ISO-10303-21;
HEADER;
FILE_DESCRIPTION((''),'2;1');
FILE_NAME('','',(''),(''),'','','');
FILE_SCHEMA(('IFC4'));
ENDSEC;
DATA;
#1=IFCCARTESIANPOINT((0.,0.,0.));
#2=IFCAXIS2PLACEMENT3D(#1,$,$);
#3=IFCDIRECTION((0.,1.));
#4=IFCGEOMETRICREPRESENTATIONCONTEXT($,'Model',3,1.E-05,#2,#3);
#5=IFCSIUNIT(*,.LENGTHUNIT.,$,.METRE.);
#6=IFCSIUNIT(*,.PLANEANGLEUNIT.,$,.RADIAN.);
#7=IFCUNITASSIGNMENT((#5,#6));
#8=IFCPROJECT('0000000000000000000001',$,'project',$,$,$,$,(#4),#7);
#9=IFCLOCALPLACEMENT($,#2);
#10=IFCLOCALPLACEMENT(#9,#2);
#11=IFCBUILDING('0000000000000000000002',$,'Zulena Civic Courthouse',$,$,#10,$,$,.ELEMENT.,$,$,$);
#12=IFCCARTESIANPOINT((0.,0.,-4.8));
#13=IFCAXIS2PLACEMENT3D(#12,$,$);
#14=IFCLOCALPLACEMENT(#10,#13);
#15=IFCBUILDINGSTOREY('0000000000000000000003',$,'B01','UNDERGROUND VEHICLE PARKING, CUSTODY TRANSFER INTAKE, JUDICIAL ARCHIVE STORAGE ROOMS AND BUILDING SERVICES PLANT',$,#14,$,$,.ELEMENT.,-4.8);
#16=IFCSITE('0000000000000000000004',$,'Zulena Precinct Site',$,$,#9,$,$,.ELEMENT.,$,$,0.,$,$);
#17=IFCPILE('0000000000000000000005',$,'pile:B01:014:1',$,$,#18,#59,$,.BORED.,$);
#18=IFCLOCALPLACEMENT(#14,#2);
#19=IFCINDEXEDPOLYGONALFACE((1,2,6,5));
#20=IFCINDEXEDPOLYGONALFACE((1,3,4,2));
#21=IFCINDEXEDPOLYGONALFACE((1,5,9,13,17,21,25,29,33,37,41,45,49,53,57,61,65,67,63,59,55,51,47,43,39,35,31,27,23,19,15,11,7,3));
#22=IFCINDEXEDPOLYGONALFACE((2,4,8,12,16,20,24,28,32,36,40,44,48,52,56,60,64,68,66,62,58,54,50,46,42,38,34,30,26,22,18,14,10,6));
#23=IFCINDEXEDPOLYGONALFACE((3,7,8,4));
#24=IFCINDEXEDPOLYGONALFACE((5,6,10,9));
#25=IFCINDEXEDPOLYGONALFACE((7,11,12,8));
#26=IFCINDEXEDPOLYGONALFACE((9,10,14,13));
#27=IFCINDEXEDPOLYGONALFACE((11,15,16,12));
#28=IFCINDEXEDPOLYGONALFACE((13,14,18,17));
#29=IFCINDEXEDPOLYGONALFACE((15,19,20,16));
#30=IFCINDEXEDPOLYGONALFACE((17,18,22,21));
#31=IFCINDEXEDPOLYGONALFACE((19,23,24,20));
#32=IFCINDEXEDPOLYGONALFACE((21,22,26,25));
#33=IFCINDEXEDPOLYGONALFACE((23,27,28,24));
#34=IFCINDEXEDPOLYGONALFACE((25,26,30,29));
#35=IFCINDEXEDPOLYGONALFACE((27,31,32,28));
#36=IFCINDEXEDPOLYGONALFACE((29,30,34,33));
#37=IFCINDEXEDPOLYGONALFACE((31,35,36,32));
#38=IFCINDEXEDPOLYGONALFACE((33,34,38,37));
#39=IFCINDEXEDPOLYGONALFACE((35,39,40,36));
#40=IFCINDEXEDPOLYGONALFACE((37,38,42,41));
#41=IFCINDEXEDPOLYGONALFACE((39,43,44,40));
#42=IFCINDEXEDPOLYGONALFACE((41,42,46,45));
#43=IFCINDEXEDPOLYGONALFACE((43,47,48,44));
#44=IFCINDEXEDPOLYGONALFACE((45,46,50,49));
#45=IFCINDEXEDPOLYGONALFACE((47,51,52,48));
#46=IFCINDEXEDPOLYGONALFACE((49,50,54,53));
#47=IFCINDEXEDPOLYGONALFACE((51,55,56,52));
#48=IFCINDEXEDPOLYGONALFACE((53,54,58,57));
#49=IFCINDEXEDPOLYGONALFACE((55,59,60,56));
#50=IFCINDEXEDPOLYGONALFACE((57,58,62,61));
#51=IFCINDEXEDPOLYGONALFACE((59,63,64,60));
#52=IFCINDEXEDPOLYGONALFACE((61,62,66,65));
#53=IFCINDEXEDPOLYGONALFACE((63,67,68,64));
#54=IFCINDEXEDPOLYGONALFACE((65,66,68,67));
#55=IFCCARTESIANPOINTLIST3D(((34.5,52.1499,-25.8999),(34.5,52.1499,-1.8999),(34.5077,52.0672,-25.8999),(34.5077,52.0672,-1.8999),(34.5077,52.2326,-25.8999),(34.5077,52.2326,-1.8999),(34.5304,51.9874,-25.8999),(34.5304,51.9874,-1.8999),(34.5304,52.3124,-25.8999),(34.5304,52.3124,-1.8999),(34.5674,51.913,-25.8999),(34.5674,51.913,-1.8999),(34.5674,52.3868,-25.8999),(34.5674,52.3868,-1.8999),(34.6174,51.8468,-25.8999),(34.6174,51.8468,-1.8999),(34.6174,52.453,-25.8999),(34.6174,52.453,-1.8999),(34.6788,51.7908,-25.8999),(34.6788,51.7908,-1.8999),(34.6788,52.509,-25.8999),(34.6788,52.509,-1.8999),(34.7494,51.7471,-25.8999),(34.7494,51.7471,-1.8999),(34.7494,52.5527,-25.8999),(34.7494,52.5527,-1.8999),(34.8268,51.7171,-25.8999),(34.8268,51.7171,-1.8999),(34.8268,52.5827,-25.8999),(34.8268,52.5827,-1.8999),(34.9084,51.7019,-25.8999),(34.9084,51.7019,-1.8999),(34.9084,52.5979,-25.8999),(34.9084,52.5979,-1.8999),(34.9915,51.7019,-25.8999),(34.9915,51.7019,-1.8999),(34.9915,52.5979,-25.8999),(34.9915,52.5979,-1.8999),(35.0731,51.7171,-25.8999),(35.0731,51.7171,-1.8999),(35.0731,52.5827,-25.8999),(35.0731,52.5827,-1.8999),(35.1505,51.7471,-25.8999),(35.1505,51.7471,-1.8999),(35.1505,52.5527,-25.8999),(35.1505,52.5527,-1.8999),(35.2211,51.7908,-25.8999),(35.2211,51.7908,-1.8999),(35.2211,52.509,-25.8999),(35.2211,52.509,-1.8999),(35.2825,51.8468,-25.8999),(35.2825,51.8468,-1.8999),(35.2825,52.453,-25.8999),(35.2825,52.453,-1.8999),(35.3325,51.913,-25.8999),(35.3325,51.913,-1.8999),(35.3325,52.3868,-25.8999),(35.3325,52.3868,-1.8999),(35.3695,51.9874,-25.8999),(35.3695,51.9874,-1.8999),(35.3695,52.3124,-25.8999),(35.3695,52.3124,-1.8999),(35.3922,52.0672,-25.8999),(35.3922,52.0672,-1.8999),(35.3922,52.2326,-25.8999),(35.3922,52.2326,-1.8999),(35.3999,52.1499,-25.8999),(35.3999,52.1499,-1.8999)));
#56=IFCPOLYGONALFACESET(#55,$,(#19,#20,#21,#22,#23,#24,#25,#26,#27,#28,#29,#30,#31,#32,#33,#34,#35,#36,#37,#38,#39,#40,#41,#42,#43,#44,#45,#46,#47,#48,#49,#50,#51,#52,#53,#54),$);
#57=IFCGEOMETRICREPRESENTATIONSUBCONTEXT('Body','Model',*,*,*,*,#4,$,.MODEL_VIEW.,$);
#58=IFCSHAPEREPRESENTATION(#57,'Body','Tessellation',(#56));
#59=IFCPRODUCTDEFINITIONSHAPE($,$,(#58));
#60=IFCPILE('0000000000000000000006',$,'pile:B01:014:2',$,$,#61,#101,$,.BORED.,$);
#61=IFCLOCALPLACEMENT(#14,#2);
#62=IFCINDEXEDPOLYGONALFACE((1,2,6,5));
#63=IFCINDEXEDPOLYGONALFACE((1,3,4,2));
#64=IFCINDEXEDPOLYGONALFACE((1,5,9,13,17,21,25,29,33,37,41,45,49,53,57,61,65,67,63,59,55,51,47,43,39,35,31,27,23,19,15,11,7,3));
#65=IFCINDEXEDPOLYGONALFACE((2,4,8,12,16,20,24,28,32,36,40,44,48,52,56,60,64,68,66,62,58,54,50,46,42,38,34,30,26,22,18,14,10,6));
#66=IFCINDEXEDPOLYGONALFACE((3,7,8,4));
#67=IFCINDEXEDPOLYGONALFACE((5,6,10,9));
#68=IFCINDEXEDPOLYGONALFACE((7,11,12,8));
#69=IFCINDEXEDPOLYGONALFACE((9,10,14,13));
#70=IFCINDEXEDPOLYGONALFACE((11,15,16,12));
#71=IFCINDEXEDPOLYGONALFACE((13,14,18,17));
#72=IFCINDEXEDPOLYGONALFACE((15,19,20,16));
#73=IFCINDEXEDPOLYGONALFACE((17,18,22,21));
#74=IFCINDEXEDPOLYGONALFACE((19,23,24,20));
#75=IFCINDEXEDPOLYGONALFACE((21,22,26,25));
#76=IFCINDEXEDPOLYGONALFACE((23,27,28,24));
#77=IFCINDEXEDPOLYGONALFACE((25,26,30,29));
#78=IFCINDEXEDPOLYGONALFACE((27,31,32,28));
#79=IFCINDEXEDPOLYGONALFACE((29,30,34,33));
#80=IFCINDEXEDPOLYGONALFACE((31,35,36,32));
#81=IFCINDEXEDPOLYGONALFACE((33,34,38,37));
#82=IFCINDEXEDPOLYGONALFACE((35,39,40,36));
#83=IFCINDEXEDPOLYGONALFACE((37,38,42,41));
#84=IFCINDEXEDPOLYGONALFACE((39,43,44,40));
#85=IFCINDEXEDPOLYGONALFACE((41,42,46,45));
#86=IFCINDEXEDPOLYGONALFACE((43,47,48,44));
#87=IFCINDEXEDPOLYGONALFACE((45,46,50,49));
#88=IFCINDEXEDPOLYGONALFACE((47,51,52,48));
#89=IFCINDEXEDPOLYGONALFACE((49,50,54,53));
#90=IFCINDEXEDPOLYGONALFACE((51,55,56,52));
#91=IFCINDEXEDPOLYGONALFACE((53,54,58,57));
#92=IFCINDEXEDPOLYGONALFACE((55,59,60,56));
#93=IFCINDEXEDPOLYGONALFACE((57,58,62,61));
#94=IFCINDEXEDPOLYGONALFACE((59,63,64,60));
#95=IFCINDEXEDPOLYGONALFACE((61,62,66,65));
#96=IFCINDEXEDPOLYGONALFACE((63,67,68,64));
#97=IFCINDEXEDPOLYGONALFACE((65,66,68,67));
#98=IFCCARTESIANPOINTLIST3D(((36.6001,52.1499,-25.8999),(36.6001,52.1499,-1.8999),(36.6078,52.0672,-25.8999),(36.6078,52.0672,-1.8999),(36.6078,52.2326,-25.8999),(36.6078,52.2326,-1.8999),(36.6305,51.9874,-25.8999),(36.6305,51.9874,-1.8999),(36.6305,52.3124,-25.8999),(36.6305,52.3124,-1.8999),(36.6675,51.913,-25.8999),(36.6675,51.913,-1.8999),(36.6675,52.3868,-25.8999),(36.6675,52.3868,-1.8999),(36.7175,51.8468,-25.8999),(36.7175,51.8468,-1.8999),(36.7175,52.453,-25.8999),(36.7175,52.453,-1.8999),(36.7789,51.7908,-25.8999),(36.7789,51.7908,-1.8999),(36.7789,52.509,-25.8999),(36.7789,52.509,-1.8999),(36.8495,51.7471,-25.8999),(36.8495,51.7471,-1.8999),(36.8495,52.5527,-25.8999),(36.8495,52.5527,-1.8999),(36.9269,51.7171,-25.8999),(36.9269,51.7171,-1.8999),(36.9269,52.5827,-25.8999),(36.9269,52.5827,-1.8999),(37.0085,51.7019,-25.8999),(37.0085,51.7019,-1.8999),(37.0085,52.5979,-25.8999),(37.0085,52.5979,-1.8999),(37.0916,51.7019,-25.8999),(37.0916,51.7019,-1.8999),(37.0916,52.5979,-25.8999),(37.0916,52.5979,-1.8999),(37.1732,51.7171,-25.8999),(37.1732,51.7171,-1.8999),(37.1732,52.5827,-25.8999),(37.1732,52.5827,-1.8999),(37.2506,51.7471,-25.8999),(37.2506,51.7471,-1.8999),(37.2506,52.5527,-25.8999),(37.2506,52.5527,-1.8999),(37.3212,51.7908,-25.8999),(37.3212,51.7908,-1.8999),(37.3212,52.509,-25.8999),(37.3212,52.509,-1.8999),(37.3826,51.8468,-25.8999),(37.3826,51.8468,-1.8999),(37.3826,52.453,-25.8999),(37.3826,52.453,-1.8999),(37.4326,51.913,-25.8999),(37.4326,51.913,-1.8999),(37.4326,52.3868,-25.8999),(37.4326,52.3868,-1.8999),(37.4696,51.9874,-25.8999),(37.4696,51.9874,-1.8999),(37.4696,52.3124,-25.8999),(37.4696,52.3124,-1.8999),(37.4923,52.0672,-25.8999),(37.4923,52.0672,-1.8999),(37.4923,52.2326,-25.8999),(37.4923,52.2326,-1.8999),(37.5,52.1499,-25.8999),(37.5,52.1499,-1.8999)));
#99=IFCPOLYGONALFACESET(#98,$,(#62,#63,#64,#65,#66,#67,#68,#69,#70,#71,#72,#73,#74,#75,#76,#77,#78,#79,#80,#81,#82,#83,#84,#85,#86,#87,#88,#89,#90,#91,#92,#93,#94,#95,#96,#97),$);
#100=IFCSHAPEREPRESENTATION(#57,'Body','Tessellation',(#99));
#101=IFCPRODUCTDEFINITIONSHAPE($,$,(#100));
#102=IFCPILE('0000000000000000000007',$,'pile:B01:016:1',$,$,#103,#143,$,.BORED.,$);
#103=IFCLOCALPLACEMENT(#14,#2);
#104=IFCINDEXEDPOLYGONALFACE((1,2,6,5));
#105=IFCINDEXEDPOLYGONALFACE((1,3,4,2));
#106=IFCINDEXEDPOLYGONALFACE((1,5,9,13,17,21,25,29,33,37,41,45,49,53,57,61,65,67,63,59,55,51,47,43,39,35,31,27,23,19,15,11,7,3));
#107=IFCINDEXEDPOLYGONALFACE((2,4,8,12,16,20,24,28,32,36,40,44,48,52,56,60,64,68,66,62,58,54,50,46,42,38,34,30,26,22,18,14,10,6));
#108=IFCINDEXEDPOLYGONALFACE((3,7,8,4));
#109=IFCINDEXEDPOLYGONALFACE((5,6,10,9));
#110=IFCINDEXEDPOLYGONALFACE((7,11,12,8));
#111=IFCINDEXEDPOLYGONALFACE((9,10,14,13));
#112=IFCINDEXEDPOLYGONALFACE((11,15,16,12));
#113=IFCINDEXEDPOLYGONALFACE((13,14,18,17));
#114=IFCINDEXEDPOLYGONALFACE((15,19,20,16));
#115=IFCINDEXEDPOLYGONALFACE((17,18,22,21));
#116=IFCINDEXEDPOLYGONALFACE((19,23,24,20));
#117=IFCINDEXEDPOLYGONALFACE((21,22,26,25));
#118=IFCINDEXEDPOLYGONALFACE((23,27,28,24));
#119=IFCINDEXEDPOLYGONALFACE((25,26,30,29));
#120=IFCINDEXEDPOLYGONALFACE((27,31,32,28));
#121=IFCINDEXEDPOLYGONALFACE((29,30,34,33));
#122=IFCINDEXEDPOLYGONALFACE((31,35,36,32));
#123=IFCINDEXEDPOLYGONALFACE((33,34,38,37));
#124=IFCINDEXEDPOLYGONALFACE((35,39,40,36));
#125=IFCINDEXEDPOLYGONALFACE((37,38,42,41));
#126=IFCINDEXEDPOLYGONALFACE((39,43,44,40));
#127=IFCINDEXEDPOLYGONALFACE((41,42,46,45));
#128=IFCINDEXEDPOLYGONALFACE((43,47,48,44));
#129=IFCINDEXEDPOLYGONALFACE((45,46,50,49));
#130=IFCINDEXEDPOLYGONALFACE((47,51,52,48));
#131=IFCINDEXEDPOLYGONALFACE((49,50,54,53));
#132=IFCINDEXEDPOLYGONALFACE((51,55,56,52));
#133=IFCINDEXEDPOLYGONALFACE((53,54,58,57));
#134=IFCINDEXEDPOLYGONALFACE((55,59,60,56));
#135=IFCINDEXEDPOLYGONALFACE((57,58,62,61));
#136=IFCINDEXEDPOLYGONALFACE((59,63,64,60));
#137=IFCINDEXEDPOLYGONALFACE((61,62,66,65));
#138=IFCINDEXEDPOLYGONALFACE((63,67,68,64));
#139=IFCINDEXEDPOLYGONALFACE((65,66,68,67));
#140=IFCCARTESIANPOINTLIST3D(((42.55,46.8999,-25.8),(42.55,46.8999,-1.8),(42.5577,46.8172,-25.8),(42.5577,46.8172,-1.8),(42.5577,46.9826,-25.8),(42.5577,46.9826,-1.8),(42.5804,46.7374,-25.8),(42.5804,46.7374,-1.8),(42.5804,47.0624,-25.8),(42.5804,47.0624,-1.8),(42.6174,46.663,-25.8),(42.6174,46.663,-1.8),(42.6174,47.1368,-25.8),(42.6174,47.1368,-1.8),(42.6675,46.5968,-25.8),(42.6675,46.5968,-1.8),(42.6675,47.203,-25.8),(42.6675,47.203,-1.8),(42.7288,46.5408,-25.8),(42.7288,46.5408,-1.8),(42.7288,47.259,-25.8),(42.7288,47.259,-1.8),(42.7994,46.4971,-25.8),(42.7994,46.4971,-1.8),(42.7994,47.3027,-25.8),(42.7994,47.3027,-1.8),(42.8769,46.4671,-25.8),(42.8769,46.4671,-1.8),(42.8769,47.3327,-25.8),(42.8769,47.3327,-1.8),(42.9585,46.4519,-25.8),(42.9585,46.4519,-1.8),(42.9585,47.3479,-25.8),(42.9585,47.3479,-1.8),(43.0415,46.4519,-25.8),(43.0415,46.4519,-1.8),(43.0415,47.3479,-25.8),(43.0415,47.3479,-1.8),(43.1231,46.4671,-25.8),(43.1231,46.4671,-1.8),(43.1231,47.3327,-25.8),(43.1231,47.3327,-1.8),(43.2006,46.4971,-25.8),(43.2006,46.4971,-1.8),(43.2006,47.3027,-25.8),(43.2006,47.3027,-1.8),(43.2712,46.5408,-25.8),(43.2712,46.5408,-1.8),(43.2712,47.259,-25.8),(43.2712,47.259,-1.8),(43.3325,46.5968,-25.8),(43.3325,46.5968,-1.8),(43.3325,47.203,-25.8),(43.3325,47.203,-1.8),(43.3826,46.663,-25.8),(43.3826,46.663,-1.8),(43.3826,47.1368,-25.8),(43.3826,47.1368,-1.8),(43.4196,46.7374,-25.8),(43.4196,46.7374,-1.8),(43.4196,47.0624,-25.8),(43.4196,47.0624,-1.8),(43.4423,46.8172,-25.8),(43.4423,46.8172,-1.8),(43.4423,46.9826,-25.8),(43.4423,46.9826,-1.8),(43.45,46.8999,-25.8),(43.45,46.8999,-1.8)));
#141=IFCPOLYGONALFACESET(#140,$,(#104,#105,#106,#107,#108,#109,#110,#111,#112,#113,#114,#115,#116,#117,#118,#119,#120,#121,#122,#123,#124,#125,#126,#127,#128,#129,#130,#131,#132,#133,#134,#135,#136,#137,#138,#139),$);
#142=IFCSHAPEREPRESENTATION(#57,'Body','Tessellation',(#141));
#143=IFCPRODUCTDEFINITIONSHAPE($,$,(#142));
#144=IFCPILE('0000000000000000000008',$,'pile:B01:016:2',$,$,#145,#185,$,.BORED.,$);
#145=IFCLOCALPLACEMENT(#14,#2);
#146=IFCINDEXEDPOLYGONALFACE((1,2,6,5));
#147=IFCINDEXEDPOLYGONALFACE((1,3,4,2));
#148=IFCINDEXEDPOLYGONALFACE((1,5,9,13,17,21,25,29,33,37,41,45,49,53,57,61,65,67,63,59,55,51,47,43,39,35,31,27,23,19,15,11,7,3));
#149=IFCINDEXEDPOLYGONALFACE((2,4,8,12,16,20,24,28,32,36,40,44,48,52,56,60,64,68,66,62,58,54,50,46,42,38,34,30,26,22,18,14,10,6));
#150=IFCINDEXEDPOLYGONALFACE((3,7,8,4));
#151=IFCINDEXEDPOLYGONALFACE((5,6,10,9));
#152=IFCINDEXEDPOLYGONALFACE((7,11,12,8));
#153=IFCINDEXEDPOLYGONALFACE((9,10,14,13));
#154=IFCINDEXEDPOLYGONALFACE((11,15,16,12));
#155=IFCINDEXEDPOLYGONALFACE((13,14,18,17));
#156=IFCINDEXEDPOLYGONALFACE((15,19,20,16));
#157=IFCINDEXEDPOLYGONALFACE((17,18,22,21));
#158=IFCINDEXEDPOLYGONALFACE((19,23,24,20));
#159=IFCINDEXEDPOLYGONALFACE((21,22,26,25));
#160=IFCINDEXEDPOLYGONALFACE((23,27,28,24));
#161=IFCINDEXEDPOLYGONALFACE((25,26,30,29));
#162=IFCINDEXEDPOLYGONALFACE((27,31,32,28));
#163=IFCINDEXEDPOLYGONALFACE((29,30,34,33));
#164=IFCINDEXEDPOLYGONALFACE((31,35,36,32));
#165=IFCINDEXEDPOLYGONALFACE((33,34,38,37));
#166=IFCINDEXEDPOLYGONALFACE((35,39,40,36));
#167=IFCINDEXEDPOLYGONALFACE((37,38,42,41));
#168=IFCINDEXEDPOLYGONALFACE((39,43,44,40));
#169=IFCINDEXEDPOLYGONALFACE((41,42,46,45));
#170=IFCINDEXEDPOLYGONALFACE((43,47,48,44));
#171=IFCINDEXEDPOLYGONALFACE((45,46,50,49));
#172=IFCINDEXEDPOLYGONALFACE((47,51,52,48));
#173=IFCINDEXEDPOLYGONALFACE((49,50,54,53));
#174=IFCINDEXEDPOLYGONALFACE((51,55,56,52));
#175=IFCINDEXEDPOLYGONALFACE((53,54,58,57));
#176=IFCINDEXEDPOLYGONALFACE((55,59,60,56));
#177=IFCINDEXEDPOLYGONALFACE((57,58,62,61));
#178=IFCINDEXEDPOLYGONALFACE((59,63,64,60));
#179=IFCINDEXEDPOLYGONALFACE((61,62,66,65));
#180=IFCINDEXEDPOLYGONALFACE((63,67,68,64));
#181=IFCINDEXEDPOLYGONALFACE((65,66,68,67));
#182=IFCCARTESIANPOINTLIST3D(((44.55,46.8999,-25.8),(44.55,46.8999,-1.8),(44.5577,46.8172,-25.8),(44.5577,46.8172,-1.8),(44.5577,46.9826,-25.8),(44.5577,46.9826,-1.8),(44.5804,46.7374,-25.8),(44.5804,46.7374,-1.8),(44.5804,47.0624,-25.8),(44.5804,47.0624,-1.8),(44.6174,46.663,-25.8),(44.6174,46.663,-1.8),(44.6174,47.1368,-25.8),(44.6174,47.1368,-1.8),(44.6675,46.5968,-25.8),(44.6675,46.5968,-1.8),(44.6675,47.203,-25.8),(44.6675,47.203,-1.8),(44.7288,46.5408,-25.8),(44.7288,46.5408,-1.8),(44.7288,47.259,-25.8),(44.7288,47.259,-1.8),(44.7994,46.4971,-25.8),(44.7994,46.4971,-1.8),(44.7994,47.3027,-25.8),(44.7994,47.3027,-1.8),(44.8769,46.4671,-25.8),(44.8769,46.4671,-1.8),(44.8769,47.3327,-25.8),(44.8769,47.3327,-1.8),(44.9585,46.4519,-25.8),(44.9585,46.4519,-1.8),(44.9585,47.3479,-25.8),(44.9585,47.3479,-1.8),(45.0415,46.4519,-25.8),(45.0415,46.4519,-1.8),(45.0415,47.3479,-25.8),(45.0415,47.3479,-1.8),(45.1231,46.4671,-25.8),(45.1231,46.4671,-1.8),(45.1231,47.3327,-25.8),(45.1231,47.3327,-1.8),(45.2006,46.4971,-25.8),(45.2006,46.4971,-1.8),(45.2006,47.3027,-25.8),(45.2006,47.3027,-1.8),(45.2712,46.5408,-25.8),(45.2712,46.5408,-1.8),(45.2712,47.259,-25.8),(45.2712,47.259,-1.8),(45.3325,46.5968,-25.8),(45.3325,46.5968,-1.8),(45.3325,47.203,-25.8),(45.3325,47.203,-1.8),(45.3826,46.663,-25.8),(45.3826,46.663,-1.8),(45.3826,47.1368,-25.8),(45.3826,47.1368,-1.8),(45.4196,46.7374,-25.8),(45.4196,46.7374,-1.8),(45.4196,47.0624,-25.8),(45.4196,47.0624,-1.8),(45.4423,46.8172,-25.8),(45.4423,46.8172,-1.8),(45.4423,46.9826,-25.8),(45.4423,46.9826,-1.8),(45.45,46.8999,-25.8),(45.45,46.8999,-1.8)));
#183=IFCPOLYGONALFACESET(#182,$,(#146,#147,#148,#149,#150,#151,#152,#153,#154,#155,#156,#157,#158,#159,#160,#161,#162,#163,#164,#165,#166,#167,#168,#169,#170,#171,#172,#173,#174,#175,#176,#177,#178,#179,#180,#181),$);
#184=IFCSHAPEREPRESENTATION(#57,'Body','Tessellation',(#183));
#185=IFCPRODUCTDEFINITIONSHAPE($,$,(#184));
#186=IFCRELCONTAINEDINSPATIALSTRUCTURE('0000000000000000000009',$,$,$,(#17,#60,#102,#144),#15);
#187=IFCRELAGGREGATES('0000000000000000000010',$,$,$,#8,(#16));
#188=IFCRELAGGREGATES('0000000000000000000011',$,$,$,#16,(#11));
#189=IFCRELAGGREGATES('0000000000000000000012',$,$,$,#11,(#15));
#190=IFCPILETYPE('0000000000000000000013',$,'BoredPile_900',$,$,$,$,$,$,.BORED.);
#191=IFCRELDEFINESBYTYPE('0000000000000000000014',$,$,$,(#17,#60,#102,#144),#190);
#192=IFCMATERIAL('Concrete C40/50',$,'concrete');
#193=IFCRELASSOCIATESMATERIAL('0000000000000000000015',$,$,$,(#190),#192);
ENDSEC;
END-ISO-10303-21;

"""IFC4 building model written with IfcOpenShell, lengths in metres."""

from ifc_helpers import new_model, si_unit, direction, frame, origin, origin_2d, place, context, subcontext, project, spatial, circle, extrude, material, material_profile, profile_set, type_object, element, save


model = new_model("IFC4")

# Units and contexts
model_context = context("Model", 3, precision=1e-05, world=origin(), true_north=direction((0.0, 1.0)))
body_context = subcontext(model_context, "Body", "Model", "MODEL_VIEW")
ifc_project = project(units=[si_unit("LENGTHUNIT", "METRE"), si_unit("PLANEANGLEUNIT", "RADIAN")], contexts=[model_context])

# Site, building, storey
site_placement = place(None, origin())
site = spatial("IfcSite", under=ifc_project, at=site_placement, Name="Zulena Precinct Site", CompositionType="ELEMENT", RefElevation=0.0)
building_placement = place(site_placement, origin())
building = spatial("IfcBuilding", under=site, at=building_placement, Name="Zulena Civic Courthouse", CompositionType="ELEMENT")
storey_placement = place(building_placement, frame((0.0, 0.0, -4.8)))
storey = spatial("IfcBuildingStorey", under=building, at=storey_placement, Name="B01", Description="UNDERGROUND VEHICLE PARKING, CUSTODY TRANSFER INTAKE, JUDICIAL ARCHIVE STORAGE ROOMS AND BUILDING SERVICES PLANT", CompositionType="ELEMENT", Elevation=-4.8)

# Piles
ifc_material_1 = material(Name="Concrete C40/50", Category="concrete")
ifc_material_profile_1 = material_profile(ifc_material_1, circle(Radius=0.45, at=origin_2d()), Name="PILE900")
ifc_profile_set_1 = profile_set([ifc_material_profile_1], Name="Concrete C40/50")
pile_type_1 = type_object("IfcPileType", Name="BoredPile_900", PredefinedType="BORED", material=ifc_profile_set_1)
for number, where, z_axis, x_axis, name in (
    (1, (34.95, 52.1499, -1.8999), (0.0, 0.0, -1.0), (1.0, 0.0, 0.0), "pile:B01:014:1"),
    (2, (37.05, 52.1499, -1.8999), (0.0, 0.0, -1.0), (1.0, 0.0, 0.0), "pile:B01:014:2"),
    (3, (43.0, 46.8999, -1.8), (0.0, 0.0, -1.0), (1.0, 0.0, 0.0), "pile:B01:016:1"),
    (4, (45.0, 46.8999, -1.8), (0.0, 0.0, -1.0), (1.0, 0.0, 0.0), "pile:B01:016:2"),
):
    element("IfcPile", number, at=place(storey_placement, frame(where, z_axis=z_axis, x_axis=x_axis)), inside=storey, type_object=pile_type_1, Name=name, PredefinedType="BORED", context=body_context, shape_type="SweptSolid", body=[
        extrude(circle(Radius=0.45, at=origin_2d()), origin(), (0.0, 0.0, 1.0), 24.0),
    ])

save(model, "model.ifc")
